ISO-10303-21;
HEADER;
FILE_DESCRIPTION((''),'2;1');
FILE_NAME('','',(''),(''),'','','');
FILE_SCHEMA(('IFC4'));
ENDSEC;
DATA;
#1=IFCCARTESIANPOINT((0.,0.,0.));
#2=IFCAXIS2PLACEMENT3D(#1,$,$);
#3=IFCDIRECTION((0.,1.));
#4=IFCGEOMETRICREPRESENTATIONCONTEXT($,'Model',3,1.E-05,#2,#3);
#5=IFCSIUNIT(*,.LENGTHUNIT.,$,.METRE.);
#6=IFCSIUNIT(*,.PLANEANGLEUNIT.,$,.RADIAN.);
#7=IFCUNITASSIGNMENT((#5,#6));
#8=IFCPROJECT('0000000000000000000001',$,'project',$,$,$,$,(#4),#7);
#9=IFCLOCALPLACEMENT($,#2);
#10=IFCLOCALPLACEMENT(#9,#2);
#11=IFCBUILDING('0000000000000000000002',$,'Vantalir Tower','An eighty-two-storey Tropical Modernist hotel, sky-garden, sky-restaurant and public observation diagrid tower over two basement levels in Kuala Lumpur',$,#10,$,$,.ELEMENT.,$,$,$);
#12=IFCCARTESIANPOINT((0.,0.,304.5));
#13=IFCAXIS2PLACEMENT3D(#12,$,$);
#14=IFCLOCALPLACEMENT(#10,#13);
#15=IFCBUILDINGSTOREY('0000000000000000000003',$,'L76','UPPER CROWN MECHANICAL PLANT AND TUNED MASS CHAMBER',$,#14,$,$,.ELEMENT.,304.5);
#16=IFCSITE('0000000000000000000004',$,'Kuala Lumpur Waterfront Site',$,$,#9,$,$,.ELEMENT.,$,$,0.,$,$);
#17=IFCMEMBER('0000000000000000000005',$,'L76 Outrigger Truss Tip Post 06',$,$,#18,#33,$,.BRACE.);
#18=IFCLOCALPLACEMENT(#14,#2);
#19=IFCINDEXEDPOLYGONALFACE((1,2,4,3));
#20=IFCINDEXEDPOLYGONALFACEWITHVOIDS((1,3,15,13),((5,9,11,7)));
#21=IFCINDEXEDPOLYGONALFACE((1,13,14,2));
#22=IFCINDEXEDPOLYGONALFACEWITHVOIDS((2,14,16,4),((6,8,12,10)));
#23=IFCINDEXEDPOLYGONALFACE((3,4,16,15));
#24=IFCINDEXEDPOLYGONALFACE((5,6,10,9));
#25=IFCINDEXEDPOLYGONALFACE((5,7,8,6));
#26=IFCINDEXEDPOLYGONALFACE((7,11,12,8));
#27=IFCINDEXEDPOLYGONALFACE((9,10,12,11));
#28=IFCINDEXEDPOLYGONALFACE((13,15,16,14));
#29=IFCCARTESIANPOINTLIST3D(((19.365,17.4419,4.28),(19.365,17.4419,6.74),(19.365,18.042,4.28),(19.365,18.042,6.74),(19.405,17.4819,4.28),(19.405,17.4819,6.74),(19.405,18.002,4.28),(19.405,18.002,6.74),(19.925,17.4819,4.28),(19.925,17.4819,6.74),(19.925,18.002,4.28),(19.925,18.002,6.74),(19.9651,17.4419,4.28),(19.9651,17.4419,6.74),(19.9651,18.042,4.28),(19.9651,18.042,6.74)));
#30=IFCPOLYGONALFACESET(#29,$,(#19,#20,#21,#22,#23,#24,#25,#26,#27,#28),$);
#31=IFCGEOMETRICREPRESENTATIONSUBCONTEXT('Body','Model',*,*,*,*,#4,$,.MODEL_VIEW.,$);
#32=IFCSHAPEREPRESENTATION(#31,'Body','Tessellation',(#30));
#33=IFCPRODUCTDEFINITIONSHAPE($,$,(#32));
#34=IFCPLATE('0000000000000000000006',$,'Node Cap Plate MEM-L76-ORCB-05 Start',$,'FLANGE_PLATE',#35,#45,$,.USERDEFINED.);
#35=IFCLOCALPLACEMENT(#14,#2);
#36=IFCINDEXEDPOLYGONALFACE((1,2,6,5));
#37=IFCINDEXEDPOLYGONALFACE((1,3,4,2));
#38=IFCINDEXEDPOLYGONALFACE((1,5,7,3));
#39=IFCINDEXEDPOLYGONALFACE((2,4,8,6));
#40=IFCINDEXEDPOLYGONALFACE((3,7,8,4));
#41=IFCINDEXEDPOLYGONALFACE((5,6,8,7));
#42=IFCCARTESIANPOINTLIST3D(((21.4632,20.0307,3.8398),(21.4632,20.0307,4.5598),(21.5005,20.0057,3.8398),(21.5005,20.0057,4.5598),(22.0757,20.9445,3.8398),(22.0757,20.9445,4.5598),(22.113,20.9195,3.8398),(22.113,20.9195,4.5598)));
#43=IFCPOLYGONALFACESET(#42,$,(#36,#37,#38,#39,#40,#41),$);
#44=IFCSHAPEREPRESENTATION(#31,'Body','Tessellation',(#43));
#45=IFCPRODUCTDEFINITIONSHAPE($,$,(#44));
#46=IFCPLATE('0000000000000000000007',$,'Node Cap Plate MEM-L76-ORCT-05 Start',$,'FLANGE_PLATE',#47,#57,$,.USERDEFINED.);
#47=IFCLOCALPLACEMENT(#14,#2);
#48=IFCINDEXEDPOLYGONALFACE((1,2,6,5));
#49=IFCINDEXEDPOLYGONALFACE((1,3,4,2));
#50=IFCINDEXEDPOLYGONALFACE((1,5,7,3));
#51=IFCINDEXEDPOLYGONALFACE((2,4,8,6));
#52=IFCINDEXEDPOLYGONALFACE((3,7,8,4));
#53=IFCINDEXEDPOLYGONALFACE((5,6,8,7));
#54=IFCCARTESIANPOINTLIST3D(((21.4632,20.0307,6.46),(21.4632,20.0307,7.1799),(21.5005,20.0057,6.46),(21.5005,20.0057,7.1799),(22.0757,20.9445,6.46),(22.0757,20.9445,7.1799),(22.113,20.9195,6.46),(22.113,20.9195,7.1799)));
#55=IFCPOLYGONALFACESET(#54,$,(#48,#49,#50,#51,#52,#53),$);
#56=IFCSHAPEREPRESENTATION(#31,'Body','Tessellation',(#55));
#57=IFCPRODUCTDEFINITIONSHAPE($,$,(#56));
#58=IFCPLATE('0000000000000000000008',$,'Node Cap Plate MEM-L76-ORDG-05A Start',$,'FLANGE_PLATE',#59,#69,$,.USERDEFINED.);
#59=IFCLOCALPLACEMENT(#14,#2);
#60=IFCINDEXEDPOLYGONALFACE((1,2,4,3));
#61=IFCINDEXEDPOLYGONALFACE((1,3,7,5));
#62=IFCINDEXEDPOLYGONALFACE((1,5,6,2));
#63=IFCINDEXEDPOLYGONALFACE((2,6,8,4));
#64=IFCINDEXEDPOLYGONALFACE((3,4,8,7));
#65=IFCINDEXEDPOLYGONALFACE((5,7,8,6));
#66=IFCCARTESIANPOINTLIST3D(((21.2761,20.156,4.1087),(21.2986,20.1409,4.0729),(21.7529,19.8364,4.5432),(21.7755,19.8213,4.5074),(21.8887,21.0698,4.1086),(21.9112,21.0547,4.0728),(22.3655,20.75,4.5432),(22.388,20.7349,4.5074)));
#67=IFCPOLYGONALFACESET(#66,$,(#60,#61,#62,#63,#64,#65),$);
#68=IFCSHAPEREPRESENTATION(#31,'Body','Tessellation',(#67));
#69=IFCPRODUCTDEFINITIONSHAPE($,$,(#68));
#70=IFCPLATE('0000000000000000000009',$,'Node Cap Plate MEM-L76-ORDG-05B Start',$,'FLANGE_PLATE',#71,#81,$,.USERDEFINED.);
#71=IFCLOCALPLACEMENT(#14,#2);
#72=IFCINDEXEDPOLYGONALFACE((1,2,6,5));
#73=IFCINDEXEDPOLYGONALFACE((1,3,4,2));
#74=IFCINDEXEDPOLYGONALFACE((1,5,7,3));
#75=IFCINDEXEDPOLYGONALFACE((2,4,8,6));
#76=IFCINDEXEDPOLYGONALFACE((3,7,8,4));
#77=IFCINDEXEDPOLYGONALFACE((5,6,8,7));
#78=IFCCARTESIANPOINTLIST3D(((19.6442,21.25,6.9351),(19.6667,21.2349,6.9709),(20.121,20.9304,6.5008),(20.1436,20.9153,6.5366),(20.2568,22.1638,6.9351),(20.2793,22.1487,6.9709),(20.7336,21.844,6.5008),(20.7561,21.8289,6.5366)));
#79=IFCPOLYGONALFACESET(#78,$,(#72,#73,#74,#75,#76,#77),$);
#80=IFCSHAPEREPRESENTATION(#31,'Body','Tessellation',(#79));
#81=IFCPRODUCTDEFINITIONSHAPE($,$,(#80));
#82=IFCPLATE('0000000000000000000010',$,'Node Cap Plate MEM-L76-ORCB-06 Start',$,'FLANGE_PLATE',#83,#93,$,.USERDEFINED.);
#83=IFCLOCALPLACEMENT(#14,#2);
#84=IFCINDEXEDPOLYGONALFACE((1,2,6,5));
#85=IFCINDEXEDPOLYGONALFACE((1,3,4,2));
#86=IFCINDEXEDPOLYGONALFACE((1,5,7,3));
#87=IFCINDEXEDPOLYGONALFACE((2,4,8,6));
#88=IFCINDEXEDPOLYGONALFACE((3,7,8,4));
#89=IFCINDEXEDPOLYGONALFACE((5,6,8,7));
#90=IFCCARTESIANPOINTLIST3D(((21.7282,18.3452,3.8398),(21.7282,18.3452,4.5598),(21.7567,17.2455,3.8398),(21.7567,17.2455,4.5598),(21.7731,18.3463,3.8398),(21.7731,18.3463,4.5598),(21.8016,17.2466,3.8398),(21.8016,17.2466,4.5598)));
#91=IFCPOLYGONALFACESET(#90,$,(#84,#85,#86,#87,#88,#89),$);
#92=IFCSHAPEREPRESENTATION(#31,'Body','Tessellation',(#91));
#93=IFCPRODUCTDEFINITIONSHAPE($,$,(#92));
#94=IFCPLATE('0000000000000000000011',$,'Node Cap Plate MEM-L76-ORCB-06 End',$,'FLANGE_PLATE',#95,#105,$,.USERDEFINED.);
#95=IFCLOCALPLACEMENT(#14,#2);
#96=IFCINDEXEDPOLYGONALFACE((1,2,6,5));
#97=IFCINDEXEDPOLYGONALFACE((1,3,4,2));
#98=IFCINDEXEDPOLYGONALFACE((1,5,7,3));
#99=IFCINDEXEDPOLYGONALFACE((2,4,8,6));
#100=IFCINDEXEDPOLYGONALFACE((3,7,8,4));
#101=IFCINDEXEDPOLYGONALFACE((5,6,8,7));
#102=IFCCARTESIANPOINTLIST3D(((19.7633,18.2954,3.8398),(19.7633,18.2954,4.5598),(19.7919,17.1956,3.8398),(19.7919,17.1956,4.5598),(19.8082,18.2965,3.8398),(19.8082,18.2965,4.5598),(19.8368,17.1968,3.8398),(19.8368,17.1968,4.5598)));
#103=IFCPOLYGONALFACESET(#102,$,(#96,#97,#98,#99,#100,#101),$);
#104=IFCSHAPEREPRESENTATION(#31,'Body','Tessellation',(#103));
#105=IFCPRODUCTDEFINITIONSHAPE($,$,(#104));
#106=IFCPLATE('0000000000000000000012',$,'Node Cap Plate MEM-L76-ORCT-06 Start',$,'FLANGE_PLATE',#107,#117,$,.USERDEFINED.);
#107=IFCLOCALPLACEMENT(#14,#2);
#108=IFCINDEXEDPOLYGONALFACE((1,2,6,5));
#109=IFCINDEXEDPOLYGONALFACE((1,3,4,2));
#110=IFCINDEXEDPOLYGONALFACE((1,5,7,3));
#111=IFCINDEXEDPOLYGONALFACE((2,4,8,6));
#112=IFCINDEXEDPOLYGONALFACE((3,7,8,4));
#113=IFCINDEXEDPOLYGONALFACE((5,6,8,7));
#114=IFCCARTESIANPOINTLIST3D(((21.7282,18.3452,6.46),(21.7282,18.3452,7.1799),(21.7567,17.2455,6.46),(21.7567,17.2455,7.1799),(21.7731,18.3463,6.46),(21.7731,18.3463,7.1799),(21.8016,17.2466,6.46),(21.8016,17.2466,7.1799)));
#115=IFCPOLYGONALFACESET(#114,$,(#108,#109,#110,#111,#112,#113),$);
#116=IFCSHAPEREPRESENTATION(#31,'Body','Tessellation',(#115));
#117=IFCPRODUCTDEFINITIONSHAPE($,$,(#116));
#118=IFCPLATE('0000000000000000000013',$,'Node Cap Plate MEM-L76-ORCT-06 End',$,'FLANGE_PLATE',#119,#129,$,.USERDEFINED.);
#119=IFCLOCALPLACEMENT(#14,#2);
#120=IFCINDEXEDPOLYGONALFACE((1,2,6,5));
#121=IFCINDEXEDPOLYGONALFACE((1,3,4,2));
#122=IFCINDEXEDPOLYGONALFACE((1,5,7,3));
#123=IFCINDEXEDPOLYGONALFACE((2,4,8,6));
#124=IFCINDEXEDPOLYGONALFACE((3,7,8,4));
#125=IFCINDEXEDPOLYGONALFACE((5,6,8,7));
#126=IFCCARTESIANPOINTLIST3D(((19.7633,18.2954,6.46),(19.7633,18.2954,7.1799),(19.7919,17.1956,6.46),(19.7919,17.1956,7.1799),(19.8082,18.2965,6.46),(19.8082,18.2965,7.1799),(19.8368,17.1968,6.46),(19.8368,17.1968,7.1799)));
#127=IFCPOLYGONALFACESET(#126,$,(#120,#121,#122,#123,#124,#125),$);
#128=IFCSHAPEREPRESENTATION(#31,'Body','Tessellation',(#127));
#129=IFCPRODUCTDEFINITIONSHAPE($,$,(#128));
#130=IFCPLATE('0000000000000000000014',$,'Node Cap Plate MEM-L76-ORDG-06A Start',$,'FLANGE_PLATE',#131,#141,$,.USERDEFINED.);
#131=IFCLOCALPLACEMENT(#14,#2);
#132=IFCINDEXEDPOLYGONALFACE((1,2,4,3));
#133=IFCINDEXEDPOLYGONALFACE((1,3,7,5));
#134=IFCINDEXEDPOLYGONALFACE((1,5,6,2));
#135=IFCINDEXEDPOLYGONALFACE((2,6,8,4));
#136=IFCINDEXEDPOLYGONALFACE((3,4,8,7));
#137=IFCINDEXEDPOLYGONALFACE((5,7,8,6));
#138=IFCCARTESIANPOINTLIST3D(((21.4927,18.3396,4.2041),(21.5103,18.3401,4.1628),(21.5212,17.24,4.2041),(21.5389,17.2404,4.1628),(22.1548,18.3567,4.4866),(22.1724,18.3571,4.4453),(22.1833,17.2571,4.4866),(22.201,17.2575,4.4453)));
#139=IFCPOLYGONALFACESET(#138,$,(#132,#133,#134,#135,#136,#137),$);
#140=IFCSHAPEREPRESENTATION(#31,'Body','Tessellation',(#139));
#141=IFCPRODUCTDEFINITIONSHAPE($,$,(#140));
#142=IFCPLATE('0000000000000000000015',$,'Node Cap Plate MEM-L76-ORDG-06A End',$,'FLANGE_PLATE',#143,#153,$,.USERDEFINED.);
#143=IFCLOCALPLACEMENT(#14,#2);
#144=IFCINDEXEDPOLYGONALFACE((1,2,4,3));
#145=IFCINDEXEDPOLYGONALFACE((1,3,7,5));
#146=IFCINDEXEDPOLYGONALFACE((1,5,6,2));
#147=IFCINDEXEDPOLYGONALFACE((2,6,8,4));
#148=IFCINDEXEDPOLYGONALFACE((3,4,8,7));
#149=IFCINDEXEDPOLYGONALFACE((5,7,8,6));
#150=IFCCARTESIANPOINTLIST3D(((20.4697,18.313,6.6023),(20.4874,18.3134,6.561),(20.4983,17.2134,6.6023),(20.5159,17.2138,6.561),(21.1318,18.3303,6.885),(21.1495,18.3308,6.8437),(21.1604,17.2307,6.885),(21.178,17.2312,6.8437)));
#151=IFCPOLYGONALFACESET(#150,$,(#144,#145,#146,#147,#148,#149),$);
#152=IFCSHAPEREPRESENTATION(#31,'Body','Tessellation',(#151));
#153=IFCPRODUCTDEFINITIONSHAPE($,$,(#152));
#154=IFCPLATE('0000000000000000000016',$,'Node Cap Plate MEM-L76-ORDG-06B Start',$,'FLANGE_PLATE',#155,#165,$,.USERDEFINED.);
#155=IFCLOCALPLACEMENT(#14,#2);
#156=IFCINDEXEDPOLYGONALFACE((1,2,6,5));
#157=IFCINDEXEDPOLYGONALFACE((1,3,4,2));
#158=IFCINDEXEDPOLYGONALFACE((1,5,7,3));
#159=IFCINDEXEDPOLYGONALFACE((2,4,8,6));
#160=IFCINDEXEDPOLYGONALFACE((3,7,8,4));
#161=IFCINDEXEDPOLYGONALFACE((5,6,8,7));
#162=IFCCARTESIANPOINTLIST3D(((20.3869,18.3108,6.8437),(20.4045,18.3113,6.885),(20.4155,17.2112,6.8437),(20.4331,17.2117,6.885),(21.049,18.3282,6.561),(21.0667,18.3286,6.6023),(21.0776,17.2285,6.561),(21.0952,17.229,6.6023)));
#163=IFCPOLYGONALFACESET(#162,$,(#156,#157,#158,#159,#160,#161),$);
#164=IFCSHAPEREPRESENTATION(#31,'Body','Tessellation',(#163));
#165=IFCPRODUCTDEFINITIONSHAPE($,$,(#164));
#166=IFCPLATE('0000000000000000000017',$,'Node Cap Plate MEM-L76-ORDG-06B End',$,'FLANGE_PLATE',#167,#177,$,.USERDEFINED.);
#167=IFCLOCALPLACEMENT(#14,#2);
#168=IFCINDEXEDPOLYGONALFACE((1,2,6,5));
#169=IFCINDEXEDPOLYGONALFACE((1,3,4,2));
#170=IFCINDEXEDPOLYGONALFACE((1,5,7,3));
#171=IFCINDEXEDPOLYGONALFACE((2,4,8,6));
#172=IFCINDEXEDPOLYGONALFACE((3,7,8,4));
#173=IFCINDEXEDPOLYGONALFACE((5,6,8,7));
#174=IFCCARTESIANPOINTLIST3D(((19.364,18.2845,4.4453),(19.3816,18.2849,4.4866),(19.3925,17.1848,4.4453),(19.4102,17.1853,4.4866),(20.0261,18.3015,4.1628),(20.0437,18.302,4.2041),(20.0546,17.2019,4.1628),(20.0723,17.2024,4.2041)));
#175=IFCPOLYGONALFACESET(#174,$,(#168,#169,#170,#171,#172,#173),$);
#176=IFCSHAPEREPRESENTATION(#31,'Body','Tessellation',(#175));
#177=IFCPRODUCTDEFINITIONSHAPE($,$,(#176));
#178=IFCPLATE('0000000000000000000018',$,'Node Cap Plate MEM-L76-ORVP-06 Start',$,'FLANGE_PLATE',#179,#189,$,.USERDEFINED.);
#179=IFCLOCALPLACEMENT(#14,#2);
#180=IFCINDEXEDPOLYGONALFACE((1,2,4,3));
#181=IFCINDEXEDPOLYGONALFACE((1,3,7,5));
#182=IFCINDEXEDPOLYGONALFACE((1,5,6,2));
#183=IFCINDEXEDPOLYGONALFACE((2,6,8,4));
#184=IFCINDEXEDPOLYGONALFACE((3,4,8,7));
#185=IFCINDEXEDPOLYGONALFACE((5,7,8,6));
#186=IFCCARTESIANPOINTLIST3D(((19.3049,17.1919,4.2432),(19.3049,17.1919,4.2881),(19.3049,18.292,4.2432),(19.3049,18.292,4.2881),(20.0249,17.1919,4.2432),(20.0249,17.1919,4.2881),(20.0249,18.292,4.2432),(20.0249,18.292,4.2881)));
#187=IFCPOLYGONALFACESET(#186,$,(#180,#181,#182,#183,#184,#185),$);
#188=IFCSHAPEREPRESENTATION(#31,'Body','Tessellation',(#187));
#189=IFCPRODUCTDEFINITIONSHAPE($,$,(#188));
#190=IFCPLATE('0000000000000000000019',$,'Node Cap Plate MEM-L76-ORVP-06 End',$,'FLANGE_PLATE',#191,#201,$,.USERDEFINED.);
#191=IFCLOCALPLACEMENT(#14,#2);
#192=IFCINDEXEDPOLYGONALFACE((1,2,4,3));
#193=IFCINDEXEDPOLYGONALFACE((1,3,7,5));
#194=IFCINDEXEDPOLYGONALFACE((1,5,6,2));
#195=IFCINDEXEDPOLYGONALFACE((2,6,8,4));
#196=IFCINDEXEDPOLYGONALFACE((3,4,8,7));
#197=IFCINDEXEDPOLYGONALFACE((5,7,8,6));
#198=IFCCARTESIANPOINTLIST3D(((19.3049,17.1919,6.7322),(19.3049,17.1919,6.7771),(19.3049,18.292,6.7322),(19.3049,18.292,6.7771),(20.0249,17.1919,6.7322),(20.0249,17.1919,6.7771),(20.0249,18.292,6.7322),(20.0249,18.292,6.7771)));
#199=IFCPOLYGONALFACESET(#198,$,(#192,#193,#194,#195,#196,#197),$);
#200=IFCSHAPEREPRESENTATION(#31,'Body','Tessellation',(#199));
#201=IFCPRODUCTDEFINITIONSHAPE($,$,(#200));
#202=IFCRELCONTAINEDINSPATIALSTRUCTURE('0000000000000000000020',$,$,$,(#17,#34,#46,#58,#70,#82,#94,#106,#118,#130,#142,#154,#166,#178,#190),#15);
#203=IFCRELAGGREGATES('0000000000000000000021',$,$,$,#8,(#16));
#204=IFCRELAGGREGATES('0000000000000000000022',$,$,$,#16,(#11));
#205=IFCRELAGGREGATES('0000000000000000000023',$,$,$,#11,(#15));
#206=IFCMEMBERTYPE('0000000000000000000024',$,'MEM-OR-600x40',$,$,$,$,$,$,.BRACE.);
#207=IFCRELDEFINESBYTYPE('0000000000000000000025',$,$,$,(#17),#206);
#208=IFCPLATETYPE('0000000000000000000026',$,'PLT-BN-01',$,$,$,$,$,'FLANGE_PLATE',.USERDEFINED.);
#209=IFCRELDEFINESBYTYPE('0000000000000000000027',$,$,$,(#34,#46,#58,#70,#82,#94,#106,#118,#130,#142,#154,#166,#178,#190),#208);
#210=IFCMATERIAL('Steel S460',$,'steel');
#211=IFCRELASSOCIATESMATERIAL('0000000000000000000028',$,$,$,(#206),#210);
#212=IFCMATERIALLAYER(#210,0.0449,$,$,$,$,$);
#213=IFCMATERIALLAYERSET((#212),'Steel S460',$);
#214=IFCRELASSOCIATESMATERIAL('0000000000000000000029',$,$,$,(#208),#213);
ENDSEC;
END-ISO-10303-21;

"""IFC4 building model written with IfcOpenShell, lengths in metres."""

from ifc_helpers import new_model, si_unit, direction, frame, origin, origin_2d, place, context, subcontext, project, spatial, polyline, rectangle, hollow_rectangle, outline, extrude, material, layer, layer_set, material_profile, profile_set, type_object, element, save


model = new_model("IFC4")

# Units and contexts
model_context = context("Model", 3, precision=1e-05, world=origin(), true_north=direction((0.0, 1.0)))
body_context = subcontext(model_context, "Body", "Model", "MODEL_VIEW")
ifc_project = project(units=[si_unit("LENGTHUNIT", "METRE"), si_unit("PLANEANGLEUNIT", "RADIAN")], contexts=[model_context])

# Site, building, storey
site_placement = place(None, origin())
site = spatial("IfcSite", under=ifc_project, at=site_placement, Name="Kuala Lumpur Waterfront Site", CompositionType="ELEMENT", RefElevation=0.0)
building_placement = place(site_placement, origin())
building = spatial("IfcBuilding", under=site, at=building_placement, Name="Vantalir Tower", Description="An eighty-two-storey Tropical Modernist hotel, sky-garden, sky-restaurant and public observation diagrid tower over two basement levels in Kuala Lumpur", CompositionType="ELEMENT")
storey_placement = place(building_placement, frame((0.0, 0.0, 304.5)))
storey = spatial("IfcBuildingStorey", under=building, at=storey_placement, Name="L76", Description="UPPER CROWN MECHANICAL PLANT AND TUNED MASS CHAMBER", CompositionType="ELEMENT", Elevation=304.5)

# Shared definitions
ifc_material_1 = material(Name="Steel S460", Category="steel")

# Member
ifc_material_profile_1 = material_profile(ifc_material_1, hollow_rectangle(XDim=0.6001, YDim=0.6001, WallThickness=0.04, at=origin_2d()), Name="Steel S460")
ifc_profile_set_1 = profile_set([ifc_material_profile_1], Name="Steel S460")
member_type_1 = type_object("IfcMemberType", Name="MEM-OR-600x40", PredefinedType="BRACE", material=ifc_profile_set_1)
member_1_placement = place(storey_placement, frame((19.665, 17.7419, 4.28), z_axis=(0.0, 0.0, 1.0), x_axis=(1.0, 0.0, 0.0)))
element("IfcMember", 1, at=member_1_placement, inside=storey, type_object=member_type_1, Name="L76 Outrigger Truss Tip Post 06", PredefinedType="BRACE", context=body_context, shape_type="SweptSolid", body=[
    extrude(hollow_rectangle(XDim=0.6001, YDim=0.6001, WallThickness=0.04, at=origin_2d()), origin(), (0.0, 0.0, 1.0), 2.46),
])

# Plates
ifc_layer_1 = layer(ifc_material_1, 0.0449)
ifc_layer_set_1 = layer_set([ifc_layer_1], Name="Steel S460")
plate_type_1 = type_object("IfcPlateType", Name="PLT-BN-01", ElementType="FLANGE_PLATE", PredefinedType="USERDEFINED", material=ifc_layer_set_1)
for number, where, z_axis, x_axis, name in (
    (2, (21.7881, 20.4751, 3.8398), (0.0, 0.0, 1.0), (-0.830654, 0.556789, 0.0), "Node Cap Plate MEM-L76-ORCB-05 Start"),
    (3, (21.7881, 20.4751, 6.46), (0.0, 0.0, 1.0), (-0.830654, 0.556789, 0.0), "Node Cap Plate MEM-L76-ORCT-05 Start"),
):
    element("IfcPlate", number, at=place(storey_placement, frame(where, z_axis=z_axis, x_axis=x_axis)), inside=storey, type_object=plate_type_1, Name=name, ObjectType="FLANGE_PLATE", PredefinedType="USERDEFINED", context=body_context, shape_type="SweptSolid", body=[
        extrude(rectangle(XDim=0.0449, YDim=1.1001, at=origin_2d()), origin(), (0.0, 0.0, 1.0), 0.72),
    ])
plate_1_placement = place(storey_placement, frame((21.8887, 21.0698, 4.1086), z_axis=(-0.501331, 0.336096, 0.797312), x_axis=(-0.556817, -0.830635, 0.00003)))
element("IfcPlate", 4, at=plate_1_placement, inside=storey, type_object=plate_type_1, Name="Node Cap Plate MEM-L76-ORDG-05A Start", ObjectType="FLANGE_PLATE", PredefinedType="USERDEFINED", context=body_context, shape_type="SweptSolid", body=[
    extrude(outline(polyline([(0.0, 0.0), (1.1001, 0.0), (1.1001, 0.7199), (0.0002, 0.7201), (0.0, 0.0)])), origin(), (0.0, 0.0, -1.0), 0.0449),
])
plate_2_placement = place(storey_placement, frame((20.1436, 20.9153, 6.5366), z_axis=(0.501152, -0.335976, 0.797476), x_axis=(0.556882, 0.830592, -0.00003)))
element("IfcPlate", 5, at=plate_2_placement, inside=storey, type_object=plate_type_1, Name="Node Cap Plate MEM-L76-ORDG-05B Start", ObjectType="FLANGE_PLATE", PredefinedType="USERDEFINED", context=body_context, shape_type="SweptSolid", body=[
    extrude(outline(polyline([(0.0, 0.0), (1.0999, 0.0), (1.1, 0.7199), (-0.0001, 0.7198), (0.0, 0.0)])), origin(), (0.0, 0.0, -1.0), 0.0449),
])
for number, where, z_axis, x_axis, name in (
    (6, (21.7649, 17.7959, 3.8398), (0.0, 0.0, 1.0), (-0.999663, -0.02595, 0.0), "Node Cap Plate MEM-L76-ORCB-06 Start"),
    (7, (19.8, 17.7461, 3.8398), (0.0, 0.0, 1.0), (-0.999663, -0.02595, 0.0), "Node Cap Plate MEM-L76-ORCB-06 End"),
    (8, (21.7649, 17.7959, 6.46), (0.0, 0.0, 1.0), (-0.999663, -0.02595, 0.0), "Node Cap Plate MEM-L76-ORCT-06 Start"),
    (9, (19.8, 17.7461, 6.46), (0.0, 0.0, 1.0), (-0.999663, -0.02595, 0.0), "Node Cap Plate MEM-L76-ORCT-06 End"),
):
    element("IfcPlate", number, at=place(storey_placement, frame(where, z_axis=z_axis, x_axis=x_axis)), inside=storey, type_object=plate_type_1, Name=name, ObjectType="FLANGE_PLATE", PredefinedType="USERDEFINED", context=body_context, shape_type="SweptSolid", body=[
        extrude(rectangle(XDim=0.0449, YDim=1.1001, at=origin_2d()), origin(), (0.0, 0.0, 1.0), 0.72),
    ])
plate_3_placement = place(storey_placement, frame((21.4927, 18.3396, 4.2041), z_axis=(-0.392161, -0.010187, 0.91984), x_axis=(0.025968, -0.999663, 0.0)))
element("IfcPlate", 10, at=plate_3_placement, inside=storey, type_object=plate_type_1, Name="Node Cap Plate MEM-L76-ORDG-06A Start", ObjectType="FLANGE_PLATE", PredefinedType="USERDEFINED", context=body_context, shape_type="SweptSolid", body=[
    extrude(outline(polyline([(0.0, 0.0), (1.1, 0.0), (1.1001, 0.72), (0.0001, 0.72), (0.0, 0.0)])), origin(), (0.0, 0.0, -1.0), 0.0449),
])
for number, where, z_axis, x_axis, name in (
    (11, (20.4697, 18.313, 6.6023), (-0.392445, -0.010195, 0.919719), (0.025968, -0.999663, 0.0), "Node Cap Plate MEM-L76-ORDG-06A End"),
    (12, (21.0952, 17.229, 6.6023), (0.392445, 0.010195, 0.919719), (-0.025968, 0.999663, 0.0), "Node Cap Plate MEM-L76-ORDG-06B Start"),
):
    element("IfcPlate", number, at=place(storey_placement, frame(where, z_axis=z_axis, x_axis=x_axis)), inside=storey, type_object=plate_type_1, Name=name, ObjectType="FLANGE_PLATE", PredefinedType="USERDEFINED", context=body_context, shape_type="SweptSolid", body=[
        extrude(outline(polyline([(0.0, 0.0), (1.1, 0.0), (1.0998, 0.7202), (-0.0001, 0.7202), (0.0, 0.0)])), origin(), (0.0, 0.0, -1.0), 0.0449),
    ])
plate_4_placement = place(storey_placement, frame((20.0723, 17.2024, 4.2041), z_axis=(0.392161, 0.010187, 0.91984), x_axis=(-0.025968, 0.999663, 0.0)))
element("IfcPlate", 13, at=plate_4_placement, inside=storey, type_object=plate_type_1, Name="Node Cap Plate MEM-L76-ORDG-06B End", ObjectType="FLANGE_PLATE", PredefinedType="USERDEFINED", context=body_context, shape_type="SweptSolid", body=[
    extrude(outline(polyline([(0.0, 0.0), (1.1, 0.0), (1.1001, 0.72), (0.0001, 0.72), (0.0, 0.0)])), origin(), (0.0, 0.0, -1.0), 0.0449),
])
for number, where, z_axis, x_axis, name in (
    (14, (19.3049, 18.292, 4.2881), (0.0, 0.0, 1.0), (0.0, -1.0, 0.0), "Node Cap Plate MEM-L76-ORVP-06 Start"),
    (15, (19.3049, 18.292, 6.7771), (0.0, 0.0, 1.0), (0.0, -1.0, 0.0), "Node Cap Plate MEM-L76-ORVP-06 End"),
):
    element("IfcPlate", number, at=place(storey_placement, frame(where, z_axis=z_axis, x_axis=x_axis)), inside=storey, type_object=plate_type_1, Name=name, ObjectType="FLANGE_PLATE", PredefinedType="USERDEFINED", context=body_context, shape_type="SweptSolid", body=[
        extrude(outline(polyline([(0.0, 0.0), (1.1001, 0.0), (1.1001, 0.72), (0.0, 0.72), (0.0, 0.0)])), origin(), (0.0, 0.0, -1.0), 0.0449),
    ])

save(model, "model.ifc")
